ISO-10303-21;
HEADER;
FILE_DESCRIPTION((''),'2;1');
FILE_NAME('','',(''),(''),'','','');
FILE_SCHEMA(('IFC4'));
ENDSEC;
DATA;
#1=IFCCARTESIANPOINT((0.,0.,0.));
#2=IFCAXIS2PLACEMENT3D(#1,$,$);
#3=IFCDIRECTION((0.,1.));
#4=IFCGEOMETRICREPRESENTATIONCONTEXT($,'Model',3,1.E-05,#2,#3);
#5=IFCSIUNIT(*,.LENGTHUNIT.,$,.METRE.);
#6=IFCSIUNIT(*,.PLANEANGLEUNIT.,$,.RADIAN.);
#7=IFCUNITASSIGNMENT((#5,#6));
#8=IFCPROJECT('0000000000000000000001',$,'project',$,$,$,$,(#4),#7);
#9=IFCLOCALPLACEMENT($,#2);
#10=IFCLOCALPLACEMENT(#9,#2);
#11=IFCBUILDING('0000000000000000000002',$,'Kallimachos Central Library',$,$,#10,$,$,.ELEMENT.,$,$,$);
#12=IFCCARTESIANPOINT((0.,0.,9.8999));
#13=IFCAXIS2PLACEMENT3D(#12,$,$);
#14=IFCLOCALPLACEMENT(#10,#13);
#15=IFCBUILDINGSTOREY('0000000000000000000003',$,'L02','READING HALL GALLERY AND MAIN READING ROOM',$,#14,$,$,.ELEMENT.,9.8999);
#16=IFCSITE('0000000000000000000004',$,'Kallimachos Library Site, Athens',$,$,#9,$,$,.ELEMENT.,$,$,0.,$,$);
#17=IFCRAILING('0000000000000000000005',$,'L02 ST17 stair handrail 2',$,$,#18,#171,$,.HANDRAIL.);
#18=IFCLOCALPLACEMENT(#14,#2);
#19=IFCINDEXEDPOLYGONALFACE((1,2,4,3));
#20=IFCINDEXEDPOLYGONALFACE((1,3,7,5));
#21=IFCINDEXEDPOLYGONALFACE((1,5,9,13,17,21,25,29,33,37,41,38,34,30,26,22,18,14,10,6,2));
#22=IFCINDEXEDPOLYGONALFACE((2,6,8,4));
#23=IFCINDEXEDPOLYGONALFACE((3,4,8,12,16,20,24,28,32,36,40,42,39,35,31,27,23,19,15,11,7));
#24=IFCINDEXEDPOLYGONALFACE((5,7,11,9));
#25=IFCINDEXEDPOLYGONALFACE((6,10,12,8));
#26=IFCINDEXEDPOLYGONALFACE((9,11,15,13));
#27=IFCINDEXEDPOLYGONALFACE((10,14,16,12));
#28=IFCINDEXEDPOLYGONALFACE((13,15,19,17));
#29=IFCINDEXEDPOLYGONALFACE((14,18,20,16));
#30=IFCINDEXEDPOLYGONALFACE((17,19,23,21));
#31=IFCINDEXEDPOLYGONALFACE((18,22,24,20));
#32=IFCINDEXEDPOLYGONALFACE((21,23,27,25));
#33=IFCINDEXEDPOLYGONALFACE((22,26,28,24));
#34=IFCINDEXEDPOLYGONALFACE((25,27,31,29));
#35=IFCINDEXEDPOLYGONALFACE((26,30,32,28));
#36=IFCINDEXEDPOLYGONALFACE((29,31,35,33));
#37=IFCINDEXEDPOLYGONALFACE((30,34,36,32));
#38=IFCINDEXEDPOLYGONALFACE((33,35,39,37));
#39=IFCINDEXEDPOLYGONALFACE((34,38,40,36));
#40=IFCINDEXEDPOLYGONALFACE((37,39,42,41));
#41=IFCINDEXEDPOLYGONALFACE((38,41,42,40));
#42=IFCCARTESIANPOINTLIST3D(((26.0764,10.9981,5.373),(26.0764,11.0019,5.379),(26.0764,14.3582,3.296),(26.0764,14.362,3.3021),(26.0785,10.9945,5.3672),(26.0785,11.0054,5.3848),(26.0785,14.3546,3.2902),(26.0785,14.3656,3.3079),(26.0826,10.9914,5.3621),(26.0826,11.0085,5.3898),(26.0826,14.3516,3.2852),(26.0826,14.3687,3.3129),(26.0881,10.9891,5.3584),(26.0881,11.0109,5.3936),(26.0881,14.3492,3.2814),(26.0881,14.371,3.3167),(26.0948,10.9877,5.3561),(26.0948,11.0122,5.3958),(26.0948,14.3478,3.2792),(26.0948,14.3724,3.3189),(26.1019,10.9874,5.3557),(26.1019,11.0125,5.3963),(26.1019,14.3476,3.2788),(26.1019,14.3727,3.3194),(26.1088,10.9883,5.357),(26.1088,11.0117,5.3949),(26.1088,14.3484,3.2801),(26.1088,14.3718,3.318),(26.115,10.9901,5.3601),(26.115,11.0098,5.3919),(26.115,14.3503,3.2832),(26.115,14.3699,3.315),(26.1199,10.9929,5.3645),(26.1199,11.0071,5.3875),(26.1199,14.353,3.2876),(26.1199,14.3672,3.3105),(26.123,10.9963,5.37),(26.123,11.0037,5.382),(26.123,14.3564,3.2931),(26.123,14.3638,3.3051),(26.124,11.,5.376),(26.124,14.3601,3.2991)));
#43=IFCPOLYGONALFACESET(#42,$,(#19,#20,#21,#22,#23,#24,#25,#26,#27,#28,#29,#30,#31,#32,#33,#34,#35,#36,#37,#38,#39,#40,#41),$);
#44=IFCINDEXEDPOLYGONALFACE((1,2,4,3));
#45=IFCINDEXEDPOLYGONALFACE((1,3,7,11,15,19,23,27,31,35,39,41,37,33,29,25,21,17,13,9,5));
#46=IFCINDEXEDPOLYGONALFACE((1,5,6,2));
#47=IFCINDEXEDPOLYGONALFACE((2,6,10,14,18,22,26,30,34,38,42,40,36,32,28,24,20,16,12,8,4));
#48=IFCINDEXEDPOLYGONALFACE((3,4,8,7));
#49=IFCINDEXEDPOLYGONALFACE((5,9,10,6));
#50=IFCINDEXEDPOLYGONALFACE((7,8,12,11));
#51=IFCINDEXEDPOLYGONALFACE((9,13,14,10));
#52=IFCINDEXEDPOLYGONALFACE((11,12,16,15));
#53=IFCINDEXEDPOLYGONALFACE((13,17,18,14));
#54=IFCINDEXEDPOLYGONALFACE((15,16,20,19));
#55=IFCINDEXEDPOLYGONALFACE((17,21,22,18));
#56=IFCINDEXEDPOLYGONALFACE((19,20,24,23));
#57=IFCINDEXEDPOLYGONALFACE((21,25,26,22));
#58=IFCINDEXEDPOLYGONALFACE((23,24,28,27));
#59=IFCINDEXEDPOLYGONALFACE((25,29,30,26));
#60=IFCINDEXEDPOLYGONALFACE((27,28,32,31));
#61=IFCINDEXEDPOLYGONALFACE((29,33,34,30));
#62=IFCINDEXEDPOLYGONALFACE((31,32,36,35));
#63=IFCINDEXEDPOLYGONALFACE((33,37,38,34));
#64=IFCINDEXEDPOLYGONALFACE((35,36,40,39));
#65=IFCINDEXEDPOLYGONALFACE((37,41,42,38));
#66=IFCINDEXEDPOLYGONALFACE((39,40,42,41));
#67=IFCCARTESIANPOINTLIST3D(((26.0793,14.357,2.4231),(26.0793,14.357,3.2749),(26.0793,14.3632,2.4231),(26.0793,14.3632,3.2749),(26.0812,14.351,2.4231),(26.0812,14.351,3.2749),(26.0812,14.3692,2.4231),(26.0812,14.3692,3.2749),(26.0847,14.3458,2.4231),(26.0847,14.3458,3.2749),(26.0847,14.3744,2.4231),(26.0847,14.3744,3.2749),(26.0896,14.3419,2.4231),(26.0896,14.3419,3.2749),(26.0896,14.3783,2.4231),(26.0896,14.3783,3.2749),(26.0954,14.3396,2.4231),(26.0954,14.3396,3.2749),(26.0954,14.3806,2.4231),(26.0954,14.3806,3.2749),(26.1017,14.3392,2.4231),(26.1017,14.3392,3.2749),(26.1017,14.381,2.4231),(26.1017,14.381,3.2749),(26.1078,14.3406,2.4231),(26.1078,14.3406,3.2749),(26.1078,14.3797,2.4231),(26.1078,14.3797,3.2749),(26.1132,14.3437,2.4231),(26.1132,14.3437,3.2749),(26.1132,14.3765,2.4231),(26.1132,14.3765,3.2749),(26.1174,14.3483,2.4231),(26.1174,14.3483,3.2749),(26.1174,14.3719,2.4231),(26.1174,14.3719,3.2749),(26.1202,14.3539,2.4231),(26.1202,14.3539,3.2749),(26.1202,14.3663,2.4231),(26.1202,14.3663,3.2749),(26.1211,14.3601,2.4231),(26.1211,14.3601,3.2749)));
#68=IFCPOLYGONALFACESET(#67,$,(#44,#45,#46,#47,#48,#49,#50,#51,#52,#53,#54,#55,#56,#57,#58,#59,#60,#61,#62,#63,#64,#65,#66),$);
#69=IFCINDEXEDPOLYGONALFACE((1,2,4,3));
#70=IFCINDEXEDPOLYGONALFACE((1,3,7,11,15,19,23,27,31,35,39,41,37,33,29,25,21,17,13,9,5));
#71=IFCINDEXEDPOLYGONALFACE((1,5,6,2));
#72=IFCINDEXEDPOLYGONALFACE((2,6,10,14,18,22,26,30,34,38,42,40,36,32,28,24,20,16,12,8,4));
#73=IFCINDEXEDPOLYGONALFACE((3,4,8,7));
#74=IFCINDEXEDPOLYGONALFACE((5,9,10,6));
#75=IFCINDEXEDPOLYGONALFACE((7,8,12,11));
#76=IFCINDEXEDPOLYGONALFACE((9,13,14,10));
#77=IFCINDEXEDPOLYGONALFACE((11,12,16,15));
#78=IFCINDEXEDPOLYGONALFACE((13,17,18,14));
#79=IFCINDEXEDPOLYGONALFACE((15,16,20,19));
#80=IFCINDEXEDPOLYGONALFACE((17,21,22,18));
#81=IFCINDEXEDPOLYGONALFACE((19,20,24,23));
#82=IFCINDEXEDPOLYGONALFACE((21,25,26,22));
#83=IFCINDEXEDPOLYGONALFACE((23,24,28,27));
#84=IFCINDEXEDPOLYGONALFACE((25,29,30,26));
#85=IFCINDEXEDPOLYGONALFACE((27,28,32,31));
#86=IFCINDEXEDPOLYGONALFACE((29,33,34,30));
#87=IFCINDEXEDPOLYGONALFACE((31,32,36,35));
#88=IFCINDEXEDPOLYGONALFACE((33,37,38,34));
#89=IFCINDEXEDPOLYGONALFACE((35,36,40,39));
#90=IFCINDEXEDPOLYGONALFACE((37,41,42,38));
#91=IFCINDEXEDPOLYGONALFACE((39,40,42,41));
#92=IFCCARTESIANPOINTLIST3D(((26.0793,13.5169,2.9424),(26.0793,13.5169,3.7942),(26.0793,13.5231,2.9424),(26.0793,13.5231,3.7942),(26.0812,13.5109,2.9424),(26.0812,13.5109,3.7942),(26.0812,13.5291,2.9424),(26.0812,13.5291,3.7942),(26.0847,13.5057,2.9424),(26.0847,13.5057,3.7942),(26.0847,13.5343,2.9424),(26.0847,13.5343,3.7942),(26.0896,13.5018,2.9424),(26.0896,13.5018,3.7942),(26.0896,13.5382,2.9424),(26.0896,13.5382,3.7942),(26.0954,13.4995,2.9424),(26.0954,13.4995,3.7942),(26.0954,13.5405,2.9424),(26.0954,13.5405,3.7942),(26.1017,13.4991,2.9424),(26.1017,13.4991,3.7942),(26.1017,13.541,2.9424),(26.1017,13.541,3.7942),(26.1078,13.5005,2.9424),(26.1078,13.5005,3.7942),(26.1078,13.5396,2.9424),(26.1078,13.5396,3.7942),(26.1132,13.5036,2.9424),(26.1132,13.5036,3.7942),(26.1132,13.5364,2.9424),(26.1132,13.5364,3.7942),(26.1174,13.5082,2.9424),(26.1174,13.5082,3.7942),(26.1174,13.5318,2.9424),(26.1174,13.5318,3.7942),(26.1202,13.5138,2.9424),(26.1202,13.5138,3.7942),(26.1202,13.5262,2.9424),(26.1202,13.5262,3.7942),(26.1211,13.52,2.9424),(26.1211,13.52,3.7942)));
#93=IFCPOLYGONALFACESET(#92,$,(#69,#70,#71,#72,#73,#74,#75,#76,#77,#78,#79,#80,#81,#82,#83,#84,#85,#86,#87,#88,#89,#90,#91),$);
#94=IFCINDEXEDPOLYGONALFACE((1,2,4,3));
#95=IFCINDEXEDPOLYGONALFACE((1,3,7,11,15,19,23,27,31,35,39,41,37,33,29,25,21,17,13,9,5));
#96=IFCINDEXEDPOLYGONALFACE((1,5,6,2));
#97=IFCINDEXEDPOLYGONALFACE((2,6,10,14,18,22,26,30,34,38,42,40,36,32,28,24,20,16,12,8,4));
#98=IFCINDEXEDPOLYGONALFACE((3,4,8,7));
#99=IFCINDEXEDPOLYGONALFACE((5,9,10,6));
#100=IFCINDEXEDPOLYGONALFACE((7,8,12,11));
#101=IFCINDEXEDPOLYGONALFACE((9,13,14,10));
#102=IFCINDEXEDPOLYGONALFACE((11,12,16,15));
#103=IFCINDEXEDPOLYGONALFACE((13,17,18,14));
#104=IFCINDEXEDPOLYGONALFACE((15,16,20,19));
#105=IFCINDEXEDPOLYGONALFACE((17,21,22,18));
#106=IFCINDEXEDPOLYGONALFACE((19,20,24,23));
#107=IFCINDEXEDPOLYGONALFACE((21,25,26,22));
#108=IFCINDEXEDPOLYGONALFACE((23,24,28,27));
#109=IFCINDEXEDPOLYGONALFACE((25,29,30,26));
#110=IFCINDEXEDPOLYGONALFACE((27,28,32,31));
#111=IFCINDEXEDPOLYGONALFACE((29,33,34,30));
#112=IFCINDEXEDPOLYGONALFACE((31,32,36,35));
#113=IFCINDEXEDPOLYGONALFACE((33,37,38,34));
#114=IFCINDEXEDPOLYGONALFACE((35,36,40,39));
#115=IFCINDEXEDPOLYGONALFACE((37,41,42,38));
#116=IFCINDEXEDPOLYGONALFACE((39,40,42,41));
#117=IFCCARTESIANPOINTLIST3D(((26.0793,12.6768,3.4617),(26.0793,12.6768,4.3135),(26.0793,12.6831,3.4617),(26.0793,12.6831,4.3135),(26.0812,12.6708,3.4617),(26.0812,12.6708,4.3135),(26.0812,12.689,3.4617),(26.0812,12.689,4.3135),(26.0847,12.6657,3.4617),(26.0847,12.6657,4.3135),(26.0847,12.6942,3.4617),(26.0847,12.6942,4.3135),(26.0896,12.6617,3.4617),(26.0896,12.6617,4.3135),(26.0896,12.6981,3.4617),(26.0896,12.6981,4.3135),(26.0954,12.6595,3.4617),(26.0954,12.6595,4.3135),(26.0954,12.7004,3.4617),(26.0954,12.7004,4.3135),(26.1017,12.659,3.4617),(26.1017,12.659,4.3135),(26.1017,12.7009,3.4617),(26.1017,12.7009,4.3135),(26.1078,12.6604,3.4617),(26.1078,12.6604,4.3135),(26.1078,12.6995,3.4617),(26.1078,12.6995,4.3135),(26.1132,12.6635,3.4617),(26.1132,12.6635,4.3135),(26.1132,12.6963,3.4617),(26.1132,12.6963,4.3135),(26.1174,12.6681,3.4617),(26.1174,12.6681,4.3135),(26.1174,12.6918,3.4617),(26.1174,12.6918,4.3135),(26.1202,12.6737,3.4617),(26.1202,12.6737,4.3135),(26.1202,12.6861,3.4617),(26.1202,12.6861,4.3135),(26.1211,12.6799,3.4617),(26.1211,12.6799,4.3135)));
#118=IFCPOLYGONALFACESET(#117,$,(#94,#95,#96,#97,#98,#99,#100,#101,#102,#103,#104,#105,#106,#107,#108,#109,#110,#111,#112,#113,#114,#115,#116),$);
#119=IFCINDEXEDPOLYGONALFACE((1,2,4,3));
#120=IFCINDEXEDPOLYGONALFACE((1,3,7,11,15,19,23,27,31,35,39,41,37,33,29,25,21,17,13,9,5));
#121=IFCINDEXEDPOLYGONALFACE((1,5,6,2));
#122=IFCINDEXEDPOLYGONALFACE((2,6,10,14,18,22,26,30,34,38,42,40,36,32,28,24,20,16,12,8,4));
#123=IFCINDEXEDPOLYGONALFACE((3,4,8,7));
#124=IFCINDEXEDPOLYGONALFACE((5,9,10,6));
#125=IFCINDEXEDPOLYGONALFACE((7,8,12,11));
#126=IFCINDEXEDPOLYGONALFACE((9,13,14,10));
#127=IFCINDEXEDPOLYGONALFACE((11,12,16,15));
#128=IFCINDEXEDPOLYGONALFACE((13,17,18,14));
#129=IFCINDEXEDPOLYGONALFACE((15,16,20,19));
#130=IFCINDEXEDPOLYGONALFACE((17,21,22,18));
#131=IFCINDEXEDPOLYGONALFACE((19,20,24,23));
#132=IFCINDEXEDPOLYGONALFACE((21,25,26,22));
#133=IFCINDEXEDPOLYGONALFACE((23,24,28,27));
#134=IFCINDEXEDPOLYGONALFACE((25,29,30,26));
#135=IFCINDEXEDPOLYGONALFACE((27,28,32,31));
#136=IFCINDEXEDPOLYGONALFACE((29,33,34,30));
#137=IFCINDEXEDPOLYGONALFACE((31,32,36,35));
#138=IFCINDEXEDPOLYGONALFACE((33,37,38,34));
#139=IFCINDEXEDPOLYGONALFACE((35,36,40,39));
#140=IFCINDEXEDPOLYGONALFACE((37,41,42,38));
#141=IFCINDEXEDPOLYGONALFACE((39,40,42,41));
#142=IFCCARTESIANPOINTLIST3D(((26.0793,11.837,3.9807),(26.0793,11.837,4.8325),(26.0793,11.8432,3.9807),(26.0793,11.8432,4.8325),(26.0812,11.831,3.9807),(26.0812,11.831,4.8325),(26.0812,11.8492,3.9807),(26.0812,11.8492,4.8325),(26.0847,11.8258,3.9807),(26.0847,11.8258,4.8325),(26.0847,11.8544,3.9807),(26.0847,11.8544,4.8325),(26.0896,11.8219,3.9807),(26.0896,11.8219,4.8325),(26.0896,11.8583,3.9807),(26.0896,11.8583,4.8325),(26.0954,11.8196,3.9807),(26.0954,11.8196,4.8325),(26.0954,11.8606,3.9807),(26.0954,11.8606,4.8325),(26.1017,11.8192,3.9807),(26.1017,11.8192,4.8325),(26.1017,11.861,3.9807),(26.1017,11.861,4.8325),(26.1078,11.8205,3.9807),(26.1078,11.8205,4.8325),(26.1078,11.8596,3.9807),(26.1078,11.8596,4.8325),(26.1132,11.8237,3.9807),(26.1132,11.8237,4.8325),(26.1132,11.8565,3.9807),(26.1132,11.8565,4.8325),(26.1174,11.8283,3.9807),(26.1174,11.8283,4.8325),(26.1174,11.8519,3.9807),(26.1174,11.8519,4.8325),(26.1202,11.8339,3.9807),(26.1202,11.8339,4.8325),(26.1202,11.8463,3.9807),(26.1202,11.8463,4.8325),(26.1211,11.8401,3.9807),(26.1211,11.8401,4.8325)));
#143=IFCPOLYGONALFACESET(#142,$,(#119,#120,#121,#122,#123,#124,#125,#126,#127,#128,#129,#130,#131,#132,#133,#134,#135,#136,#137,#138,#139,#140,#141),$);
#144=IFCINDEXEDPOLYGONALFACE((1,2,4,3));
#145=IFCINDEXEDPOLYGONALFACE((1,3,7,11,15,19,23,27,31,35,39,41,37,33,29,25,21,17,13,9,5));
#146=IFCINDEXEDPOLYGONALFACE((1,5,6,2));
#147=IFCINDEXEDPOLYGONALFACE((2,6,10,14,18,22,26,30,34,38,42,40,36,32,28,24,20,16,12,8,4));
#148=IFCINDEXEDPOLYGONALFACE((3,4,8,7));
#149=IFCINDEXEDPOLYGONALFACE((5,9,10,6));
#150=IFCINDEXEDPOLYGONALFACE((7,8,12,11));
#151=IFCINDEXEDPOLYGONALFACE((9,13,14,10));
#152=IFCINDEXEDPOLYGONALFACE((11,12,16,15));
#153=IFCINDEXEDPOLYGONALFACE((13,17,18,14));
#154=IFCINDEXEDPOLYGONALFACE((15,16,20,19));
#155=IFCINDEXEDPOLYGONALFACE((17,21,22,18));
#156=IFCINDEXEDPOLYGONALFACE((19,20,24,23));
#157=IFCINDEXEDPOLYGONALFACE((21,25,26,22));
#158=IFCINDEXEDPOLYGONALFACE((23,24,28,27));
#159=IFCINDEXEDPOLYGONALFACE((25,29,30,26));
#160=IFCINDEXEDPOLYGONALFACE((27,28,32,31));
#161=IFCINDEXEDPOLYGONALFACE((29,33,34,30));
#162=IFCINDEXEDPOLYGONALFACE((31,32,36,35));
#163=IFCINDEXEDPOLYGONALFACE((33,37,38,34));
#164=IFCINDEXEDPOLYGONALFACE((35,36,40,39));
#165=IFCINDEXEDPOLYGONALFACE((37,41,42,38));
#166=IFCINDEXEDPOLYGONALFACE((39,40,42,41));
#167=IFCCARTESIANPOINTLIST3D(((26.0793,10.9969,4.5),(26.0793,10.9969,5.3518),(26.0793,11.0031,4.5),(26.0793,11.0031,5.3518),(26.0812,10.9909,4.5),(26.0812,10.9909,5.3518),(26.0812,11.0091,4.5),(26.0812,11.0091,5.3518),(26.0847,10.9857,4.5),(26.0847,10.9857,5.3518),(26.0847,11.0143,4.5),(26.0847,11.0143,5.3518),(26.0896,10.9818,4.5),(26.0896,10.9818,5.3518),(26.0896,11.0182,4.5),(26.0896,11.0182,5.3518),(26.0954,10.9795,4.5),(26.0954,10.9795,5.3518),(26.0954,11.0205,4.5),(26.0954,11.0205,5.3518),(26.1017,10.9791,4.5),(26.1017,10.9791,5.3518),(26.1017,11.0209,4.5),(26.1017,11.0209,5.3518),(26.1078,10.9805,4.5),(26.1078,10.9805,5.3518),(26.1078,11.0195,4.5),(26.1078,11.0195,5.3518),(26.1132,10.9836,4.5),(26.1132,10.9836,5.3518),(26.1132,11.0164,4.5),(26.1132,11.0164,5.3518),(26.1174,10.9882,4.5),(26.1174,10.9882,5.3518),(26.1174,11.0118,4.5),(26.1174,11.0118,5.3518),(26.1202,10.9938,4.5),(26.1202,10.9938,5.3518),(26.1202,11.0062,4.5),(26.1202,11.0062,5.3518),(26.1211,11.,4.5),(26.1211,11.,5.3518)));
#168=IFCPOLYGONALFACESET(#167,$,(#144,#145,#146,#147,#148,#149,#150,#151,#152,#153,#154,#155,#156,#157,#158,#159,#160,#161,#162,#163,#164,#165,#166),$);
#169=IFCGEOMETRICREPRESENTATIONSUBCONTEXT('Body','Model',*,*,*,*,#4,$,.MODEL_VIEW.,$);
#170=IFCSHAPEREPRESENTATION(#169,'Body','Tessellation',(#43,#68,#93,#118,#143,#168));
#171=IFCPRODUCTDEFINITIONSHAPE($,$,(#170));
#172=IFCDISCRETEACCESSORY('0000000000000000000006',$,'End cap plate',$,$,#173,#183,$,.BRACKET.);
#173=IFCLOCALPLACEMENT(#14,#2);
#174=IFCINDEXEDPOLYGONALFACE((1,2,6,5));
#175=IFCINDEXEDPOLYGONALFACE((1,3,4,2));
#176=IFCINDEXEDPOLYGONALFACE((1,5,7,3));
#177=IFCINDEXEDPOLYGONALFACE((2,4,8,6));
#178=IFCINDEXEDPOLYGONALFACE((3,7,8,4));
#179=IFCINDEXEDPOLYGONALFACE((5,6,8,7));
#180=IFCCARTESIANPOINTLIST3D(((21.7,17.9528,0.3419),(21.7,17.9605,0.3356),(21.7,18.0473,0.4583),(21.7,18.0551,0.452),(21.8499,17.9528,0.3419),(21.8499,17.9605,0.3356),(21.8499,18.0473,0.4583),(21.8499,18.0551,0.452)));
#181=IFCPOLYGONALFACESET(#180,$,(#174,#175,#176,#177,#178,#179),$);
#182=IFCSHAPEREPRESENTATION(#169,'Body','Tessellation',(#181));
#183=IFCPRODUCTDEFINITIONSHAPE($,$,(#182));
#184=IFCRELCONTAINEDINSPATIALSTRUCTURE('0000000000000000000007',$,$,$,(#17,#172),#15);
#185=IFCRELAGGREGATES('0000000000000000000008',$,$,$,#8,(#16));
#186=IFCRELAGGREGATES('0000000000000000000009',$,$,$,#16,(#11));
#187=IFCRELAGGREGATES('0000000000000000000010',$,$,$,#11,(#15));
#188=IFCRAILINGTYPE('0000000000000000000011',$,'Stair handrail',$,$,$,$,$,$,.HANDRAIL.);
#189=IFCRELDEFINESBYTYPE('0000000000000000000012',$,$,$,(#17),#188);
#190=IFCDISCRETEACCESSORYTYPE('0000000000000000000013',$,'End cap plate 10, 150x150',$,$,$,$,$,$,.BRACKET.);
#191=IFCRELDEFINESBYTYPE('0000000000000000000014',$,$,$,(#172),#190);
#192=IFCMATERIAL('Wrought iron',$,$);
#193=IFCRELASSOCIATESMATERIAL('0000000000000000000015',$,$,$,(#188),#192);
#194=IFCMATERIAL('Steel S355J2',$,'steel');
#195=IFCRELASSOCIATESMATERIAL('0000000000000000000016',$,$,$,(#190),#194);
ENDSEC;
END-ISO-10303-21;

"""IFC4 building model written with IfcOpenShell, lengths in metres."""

from ifc_helpers import new_model, si_unit, direction, frame, origin, origin_2d, place, context, subcontext, project, spatial, rectangle, circle, extrude, material, material_profile, profile_set, type_object, element, save


model = new_model("IFC4")

# Units and contexts
model_context = context("Model", 3, precision=1e-05, world=origin(), true_north=direction((0.0, 1.0)))
body_context = subcontext(model_context, "Body", "Model", "MODEL_VIEW")
ifc_project = project(units=[si_unit("LENGTHUNIT", "METRE"), si_unit("PLANEANGLEUNIT", "RADIAN")], contexts=[model_context])

# Site, building, storey
site_placement = place(None, origin())
site = spatial("IfcSite", under=ifc_project, at=site_placement, Name="Kallimachos Library Site, Athens", CompositionType="ELEMENT", RefElevation=0.0)
building_placement = place(site_placement, origin())
building = spatial("IfcBuilding", under=site, at=building_placement, Name="Kallimachos Central Library", CompositionType="ELEMENT")
storey_placement = place(building_placement, frame((0.0, 0.0, 9.8999)))
storey = spatial("IfcBuildingStorey", under=building, at=storey_placement, Name="L02", Description="READING HALL GALLERY AND MAIN READING ROOM", CompositionType="ELEMENT", Elevation=9.8999)

# Railing
ifc_material_1 = material(Name="Wrought iron")
railing_type_1 = type_object("IfcRailingType", Name="Stair handrail", PredefinedType="HANDRAIL", material=ifc_material_1)
railing_1_placement = place(storey_placement, frame((26.1001, 14.3601, 2.4231)))
element("IfcRailing", 1, at=railing_1_placement, inside=storey, type_object=railing_type_1, Name="L02 ST17 stair handrail 2", PredefinedType="HANDRAIL", context=body_context, shape_type="SweptSolid", body=[
    extrude(circle(Radius=0.0239, at=origin_2d()), frame((0.0, 0.0, 0.876), z_axis=(0.0, -0.850623, 0.525776), x_axis=(1.0, 0.0, 0.0)), (0.0, 0.0, 1.0), 3.9502),
    extrude(circle(Radius=0.021, at=origin_2d()), origin(), (0.0, 0.0, 1.0), 0.8518),
    extrude(circle(Radius=0.021, at=origin_2d()), frame((0.0, -0.8401, 0.5193)), (0.0, 0.0, 1.0), 0.8518),
    extrude(circle(Radius=0.021, at=origin_2d()), frame((0.0, -1.6802, 1.0386)), (0.0, 0.0, 1.0), 0.8518),
    extrude(circle(Radius=0.021, at=origin_2d()), frame((0.0, -2.52, 1.5576)), (0.0, 0.0, 1.0), 0.8518),
    extrude(circle(Radius=0.021, at=origin_2d()), frame((0.0, -3.3601, 2.0769)), (0.0, 0.0, 1.0), 0.8518),
])

# Discrete accessory
ifc_material_2 = material(Name="Steel S355J2", Category="steel")
ifc_material_profile_1 = material_profile(ifc_material_2, rectangle(XDim=0.1499, YDim=0.1499, at=origin_2d()), Name="End cap plate 10, 150x150")
ifc_profile_set_1 = profile_set([ifc_material_profile_1], Name="Steel S355J2")
discrete_accessory_type = type_object("IfcDiscreteAccessoryType", Name="End cap plate 10, 150x150", PredefinedType="BRACKET", material=ifc_profile_set_1)
discrete_accessory_placement = place(storey_placement, frame((21.7749, 18.0078, 0.3938), z_axis=(0.0, -0.776114, 0.630593), x_axis=(1.0, 0.0, 0.0)))
element("IfcDiscreteAccessory", 2, at=discrete_accessory_placement, inside=storey, type_object=discrete_accessory_type, Name="End cap plate", PredefinedType="BRACKET", context=body_context, shape_type="SweptSolid", body=[
    extrude(rectangle(XDim=0.1499, YDim=0.1499, at=origin_2d()), origin(), (0.0, 0.0, 1.0), 0.01),
])

save(model, "model.ifc")
